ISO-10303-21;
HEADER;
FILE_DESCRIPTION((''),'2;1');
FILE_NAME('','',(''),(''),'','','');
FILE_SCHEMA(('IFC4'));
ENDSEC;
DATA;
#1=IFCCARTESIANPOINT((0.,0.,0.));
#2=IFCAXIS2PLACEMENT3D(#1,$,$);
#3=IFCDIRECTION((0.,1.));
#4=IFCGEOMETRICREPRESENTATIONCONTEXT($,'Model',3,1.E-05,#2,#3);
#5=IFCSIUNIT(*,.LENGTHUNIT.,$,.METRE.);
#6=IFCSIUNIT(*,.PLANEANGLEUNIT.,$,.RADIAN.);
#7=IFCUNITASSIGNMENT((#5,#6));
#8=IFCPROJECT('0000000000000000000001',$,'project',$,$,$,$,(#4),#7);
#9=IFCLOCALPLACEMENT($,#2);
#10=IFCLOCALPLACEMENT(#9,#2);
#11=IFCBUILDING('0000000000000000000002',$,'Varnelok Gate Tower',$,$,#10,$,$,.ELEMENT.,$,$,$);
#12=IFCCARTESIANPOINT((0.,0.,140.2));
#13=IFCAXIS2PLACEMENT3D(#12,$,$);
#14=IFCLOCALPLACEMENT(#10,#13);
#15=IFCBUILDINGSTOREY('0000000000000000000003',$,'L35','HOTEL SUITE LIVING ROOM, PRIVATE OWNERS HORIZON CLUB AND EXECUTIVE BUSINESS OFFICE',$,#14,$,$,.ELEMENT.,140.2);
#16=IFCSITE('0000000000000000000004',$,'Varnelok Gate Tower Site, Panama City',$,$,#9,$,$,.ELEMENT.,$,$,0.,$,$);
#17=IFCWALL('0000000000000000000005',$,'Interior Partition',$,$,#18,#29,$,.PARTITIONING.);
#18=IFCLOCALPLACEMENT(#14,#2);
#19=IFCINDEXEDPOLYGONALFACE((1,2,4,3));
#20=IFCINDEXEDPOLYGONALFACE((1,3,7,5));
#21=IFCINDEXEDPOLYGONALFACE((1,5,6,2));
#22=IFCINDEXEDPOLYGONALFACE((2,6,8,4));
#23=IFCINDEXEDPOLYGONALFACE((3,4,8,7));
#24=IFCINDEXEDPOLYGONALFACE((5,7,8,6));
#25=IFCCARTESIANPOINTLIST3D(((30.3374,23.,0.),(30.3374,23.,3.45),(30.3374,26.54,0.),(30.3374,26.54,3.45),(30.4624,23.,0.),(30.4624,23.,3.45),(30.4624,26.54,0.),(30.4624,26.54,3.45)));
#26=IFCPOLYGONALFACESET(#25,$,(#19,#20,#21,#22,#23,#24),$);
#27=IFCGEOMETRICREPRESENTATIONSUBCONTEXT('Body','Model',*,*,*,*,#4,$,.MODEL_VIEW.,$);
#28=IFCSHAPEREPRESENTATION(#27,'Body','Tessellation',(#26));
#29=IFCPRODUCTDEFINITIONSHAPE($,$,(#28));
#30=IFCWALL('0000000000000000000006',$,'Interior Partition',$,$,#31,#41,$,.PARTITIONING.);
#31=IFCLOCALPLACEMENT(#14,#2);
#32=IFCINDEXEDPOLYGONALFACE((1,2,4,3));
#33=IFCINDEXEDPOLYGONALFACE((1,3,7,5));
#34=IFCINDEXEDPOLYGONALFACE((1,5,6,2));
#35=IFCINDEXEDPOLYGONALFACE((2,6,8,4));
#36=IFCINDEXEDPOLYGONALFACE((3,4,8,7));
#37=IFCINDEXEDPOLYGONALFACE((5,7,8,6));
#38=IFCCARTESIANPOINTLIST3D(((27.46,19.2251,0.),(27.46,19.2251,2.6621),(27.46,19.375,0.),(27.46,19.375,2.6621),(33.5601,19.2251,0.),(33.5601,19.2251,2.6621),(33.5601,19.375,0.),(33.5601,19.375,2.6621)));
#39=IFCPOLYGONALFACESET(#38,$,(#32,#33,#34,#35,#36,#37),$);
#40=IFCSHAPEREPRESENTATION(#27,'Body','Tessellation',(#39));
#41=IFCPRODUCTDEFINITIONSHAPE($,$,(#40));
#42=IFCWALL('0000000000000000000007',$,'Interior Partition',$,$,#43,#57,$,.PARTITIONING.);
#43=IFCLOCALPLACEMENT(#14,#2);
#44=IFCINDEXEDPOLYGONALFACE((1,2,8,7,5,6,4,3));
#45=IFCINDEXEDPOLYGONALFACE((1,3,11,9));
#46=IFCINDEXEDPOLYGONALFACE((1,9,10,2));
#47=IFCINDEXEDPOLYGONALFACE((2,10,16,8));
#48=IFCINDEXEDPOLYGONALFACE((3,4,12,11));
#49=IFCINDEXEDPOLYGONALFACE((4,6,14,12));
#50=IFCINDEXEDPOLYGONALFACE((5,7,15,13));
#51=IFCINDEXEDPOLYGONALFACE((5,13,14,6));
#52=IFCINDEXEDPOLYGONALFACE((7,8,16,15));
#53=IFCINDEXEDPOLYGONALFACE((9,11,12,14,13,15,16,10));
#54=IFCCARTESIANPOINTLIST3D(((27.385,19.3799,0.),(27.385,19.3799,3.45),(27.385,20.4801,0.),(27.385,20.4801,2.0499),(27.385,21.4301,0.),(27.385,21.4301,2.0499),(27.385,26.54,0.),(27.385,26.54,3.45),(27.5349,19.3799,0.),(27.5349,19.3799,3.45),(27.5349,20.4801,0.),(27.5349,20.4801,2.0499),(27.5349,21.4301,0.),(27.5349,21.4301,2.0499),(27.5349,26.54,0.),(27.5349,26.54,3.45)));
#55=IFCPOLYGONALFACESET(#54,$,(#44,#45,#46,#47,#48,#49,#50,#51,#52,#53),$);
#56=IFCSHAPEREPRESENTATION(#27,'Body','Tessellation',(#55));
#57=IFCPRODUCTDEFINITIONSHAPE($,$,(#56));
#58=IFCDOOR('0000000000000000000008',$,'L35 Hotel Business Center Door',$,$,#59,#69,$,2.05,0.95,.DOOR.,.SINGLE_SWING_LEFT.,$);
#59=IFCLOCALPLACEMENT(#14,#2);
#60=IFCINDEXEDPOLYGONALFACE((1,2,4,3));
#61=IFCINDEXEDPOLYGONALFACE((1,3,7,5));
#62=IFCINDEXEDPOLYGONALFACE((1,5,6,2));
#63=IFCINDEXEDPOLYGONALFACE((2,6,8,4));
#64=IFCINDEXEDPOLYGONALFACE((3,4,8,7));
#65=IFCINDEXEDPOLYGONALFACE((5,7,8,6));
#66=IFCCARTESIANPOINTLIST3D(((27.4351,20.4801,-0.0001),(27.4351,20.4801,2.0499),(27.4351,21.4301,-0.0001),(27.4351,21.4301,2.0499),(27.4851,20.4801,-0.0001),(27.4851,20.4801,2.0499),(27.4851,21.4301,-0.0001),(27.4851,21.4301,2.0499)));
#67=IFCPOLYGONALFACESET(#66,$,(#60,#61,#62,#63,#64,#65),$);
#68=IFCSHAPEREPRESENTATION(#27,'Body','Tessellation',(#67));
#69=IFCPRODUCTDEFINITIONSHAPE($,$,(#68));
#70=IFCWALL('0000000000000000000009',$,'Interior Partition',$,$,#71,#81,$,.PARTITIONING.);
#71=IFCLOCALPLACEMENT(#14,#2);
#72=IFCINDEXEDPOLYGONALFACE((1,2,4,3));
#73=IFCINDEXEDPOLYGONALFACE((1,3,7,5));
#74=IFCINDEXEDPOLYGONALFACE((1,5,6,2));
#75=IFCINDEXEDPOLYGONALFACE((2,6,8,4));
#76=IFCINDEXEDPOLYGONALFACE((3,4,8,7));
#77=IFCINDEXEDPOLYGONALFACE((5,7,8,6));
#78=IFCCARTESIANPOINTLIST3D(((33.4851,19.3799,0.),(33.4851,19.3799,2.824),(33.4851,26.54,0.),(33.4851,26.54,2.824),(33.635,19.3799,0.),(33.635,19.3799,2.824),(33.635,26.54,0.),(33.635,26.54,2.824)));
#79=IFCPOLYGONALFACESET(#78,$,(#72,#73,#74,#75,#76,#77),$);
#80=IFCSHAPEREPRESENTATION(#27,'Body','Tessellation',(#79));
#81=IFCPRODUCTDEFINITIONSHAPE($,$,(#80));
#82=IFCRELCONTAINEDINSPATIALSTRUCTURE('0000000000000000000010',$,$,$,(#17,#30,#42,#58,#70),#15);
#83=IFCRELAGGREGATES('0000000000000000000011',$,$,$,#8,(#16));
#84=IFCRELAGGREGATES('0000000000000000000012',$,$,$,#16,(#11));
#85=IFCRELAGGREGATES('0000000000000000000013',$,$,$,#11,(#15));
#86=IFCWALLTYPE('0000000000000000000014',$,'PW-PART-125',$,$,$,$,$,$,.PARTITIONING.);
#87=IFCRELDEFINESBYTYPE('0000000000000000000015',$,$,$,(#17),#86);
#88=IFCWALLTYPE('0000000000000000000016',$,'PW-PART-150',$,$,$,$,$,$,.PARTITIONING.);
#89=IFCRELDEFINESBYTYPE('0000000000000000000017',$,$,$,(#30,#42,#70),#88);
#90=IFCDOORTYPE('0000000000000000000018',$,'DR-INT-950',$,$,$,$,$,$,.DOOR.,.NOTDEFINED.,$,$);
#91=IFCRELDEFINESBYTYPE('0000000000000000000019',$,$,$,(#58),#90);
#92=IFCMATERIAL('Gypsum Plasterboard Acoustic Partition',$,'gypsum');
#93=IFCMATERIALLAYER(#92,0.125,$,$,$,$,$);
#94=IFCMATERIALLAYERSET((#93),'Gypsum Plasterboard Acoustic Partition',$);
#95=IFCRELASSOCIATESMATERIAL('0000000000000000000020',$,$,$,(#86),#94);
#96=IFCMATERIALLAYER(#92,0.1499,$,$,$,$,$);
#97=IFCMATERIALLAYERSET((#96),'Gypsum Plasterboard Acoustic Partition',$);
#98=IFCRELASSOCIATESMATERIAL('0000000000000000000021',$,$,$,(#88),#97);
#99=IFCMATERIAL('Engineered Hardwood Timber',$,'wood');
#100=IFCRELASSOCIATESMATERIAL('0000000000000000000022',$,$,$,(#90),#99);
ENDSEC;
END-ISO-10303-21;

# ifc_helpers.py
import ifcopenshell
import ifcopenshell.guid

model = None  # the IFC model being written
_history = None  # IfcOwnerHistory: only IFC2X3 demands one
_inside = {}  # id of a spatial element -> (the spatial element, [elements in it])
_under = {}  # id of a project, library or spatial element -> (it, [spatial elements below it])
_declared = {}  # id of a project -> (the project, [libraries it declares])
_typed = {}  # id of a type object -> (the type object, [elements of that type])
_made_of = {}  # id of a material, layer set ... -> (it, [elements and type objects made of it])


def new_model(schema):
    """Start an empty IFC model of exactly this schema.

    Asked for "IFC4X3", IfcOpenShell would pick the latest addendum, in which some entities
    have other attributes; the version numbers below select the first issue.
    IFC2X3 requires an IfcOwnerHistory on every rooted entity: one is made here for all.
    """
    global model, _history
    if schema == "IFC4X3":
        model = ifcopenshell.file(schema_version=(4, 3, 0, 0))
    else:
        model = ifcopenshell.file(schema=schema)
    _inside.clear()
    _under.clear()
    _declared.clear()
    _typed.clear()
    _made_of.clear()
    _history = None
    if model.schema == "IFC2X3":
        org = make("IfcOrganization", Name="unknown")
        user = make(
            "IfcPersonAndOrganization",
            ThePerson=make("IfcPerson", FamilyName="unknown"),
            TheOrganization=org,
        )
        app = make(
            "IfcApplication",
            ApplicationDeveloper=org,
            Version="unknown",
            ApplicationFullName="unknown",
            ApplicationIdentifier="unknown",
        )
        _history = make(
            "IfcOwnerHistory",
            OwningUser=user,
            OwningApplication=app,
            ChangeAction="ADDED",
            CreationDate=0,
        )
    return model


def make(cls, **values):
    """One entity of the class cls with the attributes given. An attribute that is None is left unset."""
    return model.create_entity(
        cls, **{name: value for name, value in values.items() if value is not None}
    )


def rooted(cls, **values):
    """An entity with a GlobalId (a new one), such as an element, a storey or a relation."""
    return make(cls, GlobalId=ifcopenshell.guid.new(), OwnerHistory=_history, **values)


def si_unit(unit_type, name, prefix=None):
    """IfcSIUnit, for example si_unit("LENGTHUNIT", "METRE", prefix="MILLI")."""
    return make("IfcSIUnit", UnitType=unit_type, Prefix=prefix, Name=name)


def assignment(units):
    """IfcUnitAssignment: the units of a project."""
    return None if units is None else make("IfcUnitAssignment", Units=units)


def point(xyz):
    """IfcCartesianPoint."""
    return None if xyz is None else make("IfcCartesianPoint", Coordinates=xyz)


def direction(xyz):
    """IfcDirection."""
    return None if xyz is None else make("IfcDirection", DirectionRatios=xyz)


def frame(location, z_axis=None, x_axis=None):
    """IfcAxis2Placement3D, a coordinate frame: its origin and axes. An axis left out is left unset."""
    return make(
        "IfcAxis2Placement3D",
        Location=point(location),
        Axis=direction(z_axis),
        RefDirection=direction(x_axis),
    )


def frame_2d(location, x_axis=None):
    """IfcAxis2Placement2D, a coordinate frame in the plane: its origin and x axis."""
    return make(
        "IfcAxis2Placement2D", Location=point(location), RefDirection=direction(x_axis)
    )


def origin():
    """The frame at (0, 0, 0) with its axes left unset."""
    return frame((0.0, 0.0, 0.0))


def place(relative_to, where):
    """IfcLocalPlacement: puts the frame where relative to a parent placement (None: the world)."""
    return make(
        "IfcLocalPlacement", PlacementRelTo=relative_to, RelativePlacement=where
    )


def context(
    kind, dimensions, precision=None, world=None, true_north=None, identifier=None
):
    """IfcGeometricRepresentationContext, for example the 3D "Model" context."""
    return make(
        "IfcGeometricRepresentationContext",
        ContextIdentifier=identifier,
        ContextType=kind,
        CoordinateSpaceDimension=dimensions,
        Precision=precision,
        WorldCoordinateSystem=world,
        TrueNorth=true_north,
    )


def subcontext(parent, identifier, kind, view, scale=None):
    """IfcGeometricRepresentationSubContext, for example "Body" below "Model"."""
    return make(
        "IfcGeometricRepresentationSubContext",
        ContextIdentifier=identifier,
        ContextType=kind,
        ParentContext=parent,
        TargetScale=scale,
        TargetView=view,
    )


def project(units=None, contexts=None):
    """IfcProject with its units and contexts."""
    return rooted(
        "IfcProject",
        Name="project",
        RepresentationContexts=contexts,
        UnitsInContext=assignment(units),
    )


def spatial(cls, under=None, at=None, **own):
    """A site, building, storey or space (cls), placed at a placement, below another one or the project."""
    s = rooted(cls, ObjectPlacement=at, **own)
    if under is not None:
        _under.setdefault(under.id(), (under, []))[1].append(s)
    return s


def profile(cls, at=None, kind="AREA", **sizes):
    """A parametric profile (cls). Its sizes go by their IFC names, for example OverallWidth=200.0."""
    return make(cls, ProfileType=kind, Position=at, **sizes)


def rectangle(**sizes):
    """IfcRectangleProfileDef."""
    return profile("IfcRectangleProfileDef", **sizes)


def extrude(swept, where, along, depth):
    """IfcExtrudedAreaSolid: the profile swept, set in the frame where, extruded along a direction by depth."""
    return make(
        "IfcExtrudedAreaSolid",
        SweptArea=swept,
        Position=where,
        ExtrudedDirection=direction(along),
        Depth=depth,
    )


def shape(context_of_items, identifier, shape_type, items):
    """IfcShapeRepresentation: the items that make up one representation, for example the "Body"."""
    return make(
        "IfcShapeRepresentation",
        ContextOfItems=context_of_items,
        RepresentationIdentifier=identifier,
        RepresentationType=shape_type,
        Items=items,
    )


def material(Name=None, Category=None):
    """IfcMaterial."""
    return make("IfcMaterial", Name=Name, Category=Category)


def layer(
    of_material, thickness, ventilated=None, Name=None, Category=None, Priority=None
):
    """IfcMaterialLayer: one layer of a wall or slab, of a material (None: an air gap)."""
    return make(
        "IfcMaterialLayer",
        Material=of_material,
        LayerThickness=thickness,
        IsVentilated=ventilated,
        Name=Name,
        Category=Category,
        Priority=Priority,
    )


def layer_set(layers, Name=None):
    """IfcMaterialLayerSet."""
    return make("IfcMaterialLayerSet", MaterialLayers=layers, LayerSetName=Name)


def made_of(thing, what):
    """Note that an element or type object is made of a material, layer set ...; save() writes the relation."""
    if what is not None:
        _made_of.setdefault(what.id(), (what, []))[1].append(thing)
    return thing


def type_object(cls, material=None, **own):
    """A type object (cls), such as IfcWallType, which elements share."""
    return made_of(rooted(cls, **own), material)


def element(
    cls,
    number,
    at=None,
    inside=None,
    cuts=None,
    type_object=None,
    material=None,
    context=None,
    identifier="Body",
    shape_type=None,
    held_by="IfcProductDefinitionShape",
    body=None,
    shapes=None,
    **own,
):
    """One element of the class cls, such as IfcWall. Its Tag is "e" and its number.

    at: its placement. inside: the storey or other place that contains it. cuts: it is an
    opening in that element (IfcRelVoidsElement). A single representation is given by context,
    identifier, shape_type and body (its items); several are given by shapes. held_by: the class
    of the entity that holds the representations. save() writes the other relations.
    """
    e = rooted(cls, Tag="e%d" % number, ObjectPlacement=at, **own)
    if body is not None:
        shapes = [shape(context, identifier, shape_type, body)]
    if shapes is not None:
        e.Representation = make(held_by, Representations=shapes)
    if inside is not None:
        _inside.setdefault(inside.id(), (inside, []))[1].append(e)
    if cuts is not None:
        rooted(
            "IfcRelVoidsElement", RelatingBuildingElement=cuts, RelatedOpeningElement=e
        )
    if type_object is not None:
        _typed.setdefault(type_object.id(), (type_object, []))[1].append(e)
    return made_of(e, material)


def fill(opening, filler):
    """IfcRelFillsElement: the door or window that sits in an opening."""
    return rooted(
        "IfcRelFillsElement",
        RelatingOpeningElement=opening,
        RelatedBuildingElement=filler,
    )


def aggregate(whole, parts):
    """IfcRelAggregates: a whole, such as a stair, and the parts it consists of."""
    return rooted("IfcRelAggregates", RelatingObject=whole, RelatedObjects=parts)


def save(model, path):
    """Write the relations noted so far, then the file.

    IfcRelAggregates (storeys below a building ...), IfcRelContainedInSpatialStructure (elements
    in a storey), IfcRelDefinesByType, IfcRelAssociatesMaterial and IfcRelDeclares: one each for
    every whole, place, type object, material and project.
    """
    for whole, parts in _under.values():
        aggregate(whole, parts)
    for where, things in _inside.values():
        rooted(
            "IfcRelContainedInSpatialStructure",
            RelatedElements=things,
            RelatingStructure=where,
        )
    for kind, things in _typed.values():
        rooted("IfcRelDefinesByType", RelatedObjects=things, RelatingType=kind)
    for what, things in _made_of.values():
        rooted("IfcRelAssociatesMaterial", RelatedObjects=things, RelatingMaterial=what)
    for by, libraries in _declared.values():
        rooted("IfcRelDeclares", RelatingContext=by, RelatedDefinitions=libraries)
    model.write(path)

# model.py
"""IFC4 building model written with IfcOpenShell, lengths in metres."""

from ifc_helpers import new_model, si_unit, direction, frame, frame_2d, origin, place, context, subcontext, project, spatial, rectangle, extrude, material, layer, layer_set, type_object, element, fill, save


model = new_model("IFC4")

# Units and contexts
model_context = context("Model", 3, precision=1e-05, world=origin(), true_north=direction((0.0, 1.0)))
body_context = subcontext(model_context, "Body", "Model", "MODEL_VIEW")
ifc_project = project(units=[si_unit("LENGTHUNIT", "METRE"), si_unit("PLANEANGLEUNIT", "RADIAN")], contexts=[model_context])

# Site, building, storey
site_placement = place(None, origin())
site = spatial("IfcSite", under=ifc_project, at=site_placement, Name="Varnelok Gate Tower Site, Panama City", CompositionType="ELEMENT", RefElevation=0.0)
building_placement = place(site_placement, origin())
building = spatial("IfcBuilding", under=site, at=building_placement, Name="Varnelok Gate Tower", CompositionType="ELEMENT")
storey_placement = place(building_placement, frame((0.0, 0.0, 140.2)))
storey = spatial("IfcBuildingStorey", under=building, at=storey_placement, Name="L35", Description="HOTEL SUITE LIVING ROOM, PRIVATE OWNERS HORIZON CLUB AND EXECUTIVE BUSINESS OFFICE", CompositionType="ELEMENT", Elevation=140.2)

# Shared definitions
ifc_material_1 = material(Name="Gypsum Plasterboard Acoustic Partition", Category="gypsum")
ifc_material_2 = material(Name="Engineered Hardwood Timber", Category="wood")

# Walls
ifc_layer_1 = layer(ifc_material_1, 0.125)
ifc_layer_set_1 = layer_set([ifc_layer_1], Name="Gypsum Plasterboard Acoustic Partition")
wall_type_1 = type_object("IfcWallType", Name="PW-PART-125", PredefinedType="PARTITIONING", material=ifc_layer_set_1)
wall_1_placement = place(storey_placement, frame((30.3999, 23.0, 0.0), z_axis=(0.0, 0.0, 1.0), x_axis=(0.0, 1.0, 0.0)))
element("IfcWall", 1, at=wall_1_placement, inside=storey, type_object=wall_type_1, Name="Interior Partition", PredefinedType="PARTITIONING", context=body_context, shape_type="SweptSolid", body=[
    extrude(rectangle(XDim=3.54, YDim=0.125, at=frame_2d((1.77, 0.0))), origin(), (0.0, 0.0, 1.0), 3.45),
])
ifc_layer_2 = layer(ifc_material_1, 0.1499)
ifc_layer_set_2 = layer_set([ifc_layer_2], Name="Gypsum Plasterboard Acoustic Partition")
wall_type_2 = type_object("IfcWallType", Name="PW-PART-150", PredefinedType="PARTITIONING", material=ifc_layer_set_2)
wall_2_placement = place(storey_placement, frame((27.46, 19.3, 0.0), z_axis=(0.0, 0.0, 1.0), x_axis=(1.0, 0.0, 0.0)))
element("IfcWall", 2, at=wall_2_placement, inside=storey, type_object=wall_type_2, Name="Interior Partition", PredefinedType="PARTITIONING", context=body_context, shape_type="SweptSolid", body=[
    extrude(rectangle(XDim=6.1001, YDim=0.1499, at=frame_2d((3.05, 0.0))), origin(), (0.0, 0.0, 1.0), 2.6621),
])

# Wall, opening, door
wall_3_placement = place(storey_placement, frame((27.46, 19.3799, 0.0), z_axis=(0.0, 0.0, 1.0), x_axis=(0.0, 1.0, 0.0)))
wall_3 = element("IfcWall", 3, at=wall_3_placement, inside=storey, type_object=wall_type_2, Name="Interior Partition", PredefinedType="PARTITIONING", context=body_context, shape_type="SweptSolid", body=[
    extrude(rectangle(XDim=7.1602, YDim=0.1499, at=frame_2d((3.5801, 0.0))), origin(), (0.0, 0.0, 1.0), 3.45),
])
opening_1_placement = place(wall_3_placement, frame((1.1001, 0.0, 0.0)))
opening_1 = element("IfcOpeningElement", 4, at=opening_1_placement, cuts=wall_3, PredefinedType="OPENING", context=body_context, shape_type="SweptSolid", body=[
    extrude(rectangle(XDim=0.95, YDim=2.05, at=frame_2d((0.4751, 1.0249))), frame((0.0, 0.085, 0.0), z_axis=(0.0, -1.0, 0.0), x_axis=(1.0, 0.0, 0.0)), (0.0, 0.0, 1.0), 0.1699),
])
door_type_1 = type_object("IfcDoorType", Name="DR-INT-950", OperationType="NOTDEFINED", PredefinedType="DOOR", material=ifc_material_2)
door_1_placement = place(opening_1_placement, origin())
door_1 = element("IfcDoor", 5, at=door_1_placement, inside=storey, type_object=door_type_1, Name="L35 Hotel Business Center Door", OperationType="SINGLE_SWING_LEFT", OverallHeight=2.05, OverallWidth=0.95, PredefinedType="DOOR", context=body_context, shape_type="SweptSolid", body=[
    extrude(rectangle(XDim=0.95, YDim=2.05, at=frame_2d((0.4751, 1.0249))), frame((0.0, 0.0249, 0.0), z_axis=(0.0, -1.0, 0.0), x_axis=(1.0, 0.0, 0.0)), (0.0, 0.0, 1.0), 0.05),
])
fill(opening_1, door_1)

# Wall
wall_4_placement = place(storey_placement, frame((33.5601, 19.3799, 0.0), z_axis=(0.0, 0.0, 1.0), x_axis=(0.0, 1.0, 0.0)))
element("IfcWall", 6, at=wall_4_placement, inside=storey, type_object=wall_type_2, Name="Interior Partition", PredefinedType="PARTITIONING", context=body_context, shape_type="SweptSolid", body=[
    extrude(rectangle(XDim=7.1602, YDim=0.1499, at=frame_2d((3.5801, 0.0))), origin(), (0.0, 0.0, 1.0), 2.824),
])

save(model, "model.ifc")
